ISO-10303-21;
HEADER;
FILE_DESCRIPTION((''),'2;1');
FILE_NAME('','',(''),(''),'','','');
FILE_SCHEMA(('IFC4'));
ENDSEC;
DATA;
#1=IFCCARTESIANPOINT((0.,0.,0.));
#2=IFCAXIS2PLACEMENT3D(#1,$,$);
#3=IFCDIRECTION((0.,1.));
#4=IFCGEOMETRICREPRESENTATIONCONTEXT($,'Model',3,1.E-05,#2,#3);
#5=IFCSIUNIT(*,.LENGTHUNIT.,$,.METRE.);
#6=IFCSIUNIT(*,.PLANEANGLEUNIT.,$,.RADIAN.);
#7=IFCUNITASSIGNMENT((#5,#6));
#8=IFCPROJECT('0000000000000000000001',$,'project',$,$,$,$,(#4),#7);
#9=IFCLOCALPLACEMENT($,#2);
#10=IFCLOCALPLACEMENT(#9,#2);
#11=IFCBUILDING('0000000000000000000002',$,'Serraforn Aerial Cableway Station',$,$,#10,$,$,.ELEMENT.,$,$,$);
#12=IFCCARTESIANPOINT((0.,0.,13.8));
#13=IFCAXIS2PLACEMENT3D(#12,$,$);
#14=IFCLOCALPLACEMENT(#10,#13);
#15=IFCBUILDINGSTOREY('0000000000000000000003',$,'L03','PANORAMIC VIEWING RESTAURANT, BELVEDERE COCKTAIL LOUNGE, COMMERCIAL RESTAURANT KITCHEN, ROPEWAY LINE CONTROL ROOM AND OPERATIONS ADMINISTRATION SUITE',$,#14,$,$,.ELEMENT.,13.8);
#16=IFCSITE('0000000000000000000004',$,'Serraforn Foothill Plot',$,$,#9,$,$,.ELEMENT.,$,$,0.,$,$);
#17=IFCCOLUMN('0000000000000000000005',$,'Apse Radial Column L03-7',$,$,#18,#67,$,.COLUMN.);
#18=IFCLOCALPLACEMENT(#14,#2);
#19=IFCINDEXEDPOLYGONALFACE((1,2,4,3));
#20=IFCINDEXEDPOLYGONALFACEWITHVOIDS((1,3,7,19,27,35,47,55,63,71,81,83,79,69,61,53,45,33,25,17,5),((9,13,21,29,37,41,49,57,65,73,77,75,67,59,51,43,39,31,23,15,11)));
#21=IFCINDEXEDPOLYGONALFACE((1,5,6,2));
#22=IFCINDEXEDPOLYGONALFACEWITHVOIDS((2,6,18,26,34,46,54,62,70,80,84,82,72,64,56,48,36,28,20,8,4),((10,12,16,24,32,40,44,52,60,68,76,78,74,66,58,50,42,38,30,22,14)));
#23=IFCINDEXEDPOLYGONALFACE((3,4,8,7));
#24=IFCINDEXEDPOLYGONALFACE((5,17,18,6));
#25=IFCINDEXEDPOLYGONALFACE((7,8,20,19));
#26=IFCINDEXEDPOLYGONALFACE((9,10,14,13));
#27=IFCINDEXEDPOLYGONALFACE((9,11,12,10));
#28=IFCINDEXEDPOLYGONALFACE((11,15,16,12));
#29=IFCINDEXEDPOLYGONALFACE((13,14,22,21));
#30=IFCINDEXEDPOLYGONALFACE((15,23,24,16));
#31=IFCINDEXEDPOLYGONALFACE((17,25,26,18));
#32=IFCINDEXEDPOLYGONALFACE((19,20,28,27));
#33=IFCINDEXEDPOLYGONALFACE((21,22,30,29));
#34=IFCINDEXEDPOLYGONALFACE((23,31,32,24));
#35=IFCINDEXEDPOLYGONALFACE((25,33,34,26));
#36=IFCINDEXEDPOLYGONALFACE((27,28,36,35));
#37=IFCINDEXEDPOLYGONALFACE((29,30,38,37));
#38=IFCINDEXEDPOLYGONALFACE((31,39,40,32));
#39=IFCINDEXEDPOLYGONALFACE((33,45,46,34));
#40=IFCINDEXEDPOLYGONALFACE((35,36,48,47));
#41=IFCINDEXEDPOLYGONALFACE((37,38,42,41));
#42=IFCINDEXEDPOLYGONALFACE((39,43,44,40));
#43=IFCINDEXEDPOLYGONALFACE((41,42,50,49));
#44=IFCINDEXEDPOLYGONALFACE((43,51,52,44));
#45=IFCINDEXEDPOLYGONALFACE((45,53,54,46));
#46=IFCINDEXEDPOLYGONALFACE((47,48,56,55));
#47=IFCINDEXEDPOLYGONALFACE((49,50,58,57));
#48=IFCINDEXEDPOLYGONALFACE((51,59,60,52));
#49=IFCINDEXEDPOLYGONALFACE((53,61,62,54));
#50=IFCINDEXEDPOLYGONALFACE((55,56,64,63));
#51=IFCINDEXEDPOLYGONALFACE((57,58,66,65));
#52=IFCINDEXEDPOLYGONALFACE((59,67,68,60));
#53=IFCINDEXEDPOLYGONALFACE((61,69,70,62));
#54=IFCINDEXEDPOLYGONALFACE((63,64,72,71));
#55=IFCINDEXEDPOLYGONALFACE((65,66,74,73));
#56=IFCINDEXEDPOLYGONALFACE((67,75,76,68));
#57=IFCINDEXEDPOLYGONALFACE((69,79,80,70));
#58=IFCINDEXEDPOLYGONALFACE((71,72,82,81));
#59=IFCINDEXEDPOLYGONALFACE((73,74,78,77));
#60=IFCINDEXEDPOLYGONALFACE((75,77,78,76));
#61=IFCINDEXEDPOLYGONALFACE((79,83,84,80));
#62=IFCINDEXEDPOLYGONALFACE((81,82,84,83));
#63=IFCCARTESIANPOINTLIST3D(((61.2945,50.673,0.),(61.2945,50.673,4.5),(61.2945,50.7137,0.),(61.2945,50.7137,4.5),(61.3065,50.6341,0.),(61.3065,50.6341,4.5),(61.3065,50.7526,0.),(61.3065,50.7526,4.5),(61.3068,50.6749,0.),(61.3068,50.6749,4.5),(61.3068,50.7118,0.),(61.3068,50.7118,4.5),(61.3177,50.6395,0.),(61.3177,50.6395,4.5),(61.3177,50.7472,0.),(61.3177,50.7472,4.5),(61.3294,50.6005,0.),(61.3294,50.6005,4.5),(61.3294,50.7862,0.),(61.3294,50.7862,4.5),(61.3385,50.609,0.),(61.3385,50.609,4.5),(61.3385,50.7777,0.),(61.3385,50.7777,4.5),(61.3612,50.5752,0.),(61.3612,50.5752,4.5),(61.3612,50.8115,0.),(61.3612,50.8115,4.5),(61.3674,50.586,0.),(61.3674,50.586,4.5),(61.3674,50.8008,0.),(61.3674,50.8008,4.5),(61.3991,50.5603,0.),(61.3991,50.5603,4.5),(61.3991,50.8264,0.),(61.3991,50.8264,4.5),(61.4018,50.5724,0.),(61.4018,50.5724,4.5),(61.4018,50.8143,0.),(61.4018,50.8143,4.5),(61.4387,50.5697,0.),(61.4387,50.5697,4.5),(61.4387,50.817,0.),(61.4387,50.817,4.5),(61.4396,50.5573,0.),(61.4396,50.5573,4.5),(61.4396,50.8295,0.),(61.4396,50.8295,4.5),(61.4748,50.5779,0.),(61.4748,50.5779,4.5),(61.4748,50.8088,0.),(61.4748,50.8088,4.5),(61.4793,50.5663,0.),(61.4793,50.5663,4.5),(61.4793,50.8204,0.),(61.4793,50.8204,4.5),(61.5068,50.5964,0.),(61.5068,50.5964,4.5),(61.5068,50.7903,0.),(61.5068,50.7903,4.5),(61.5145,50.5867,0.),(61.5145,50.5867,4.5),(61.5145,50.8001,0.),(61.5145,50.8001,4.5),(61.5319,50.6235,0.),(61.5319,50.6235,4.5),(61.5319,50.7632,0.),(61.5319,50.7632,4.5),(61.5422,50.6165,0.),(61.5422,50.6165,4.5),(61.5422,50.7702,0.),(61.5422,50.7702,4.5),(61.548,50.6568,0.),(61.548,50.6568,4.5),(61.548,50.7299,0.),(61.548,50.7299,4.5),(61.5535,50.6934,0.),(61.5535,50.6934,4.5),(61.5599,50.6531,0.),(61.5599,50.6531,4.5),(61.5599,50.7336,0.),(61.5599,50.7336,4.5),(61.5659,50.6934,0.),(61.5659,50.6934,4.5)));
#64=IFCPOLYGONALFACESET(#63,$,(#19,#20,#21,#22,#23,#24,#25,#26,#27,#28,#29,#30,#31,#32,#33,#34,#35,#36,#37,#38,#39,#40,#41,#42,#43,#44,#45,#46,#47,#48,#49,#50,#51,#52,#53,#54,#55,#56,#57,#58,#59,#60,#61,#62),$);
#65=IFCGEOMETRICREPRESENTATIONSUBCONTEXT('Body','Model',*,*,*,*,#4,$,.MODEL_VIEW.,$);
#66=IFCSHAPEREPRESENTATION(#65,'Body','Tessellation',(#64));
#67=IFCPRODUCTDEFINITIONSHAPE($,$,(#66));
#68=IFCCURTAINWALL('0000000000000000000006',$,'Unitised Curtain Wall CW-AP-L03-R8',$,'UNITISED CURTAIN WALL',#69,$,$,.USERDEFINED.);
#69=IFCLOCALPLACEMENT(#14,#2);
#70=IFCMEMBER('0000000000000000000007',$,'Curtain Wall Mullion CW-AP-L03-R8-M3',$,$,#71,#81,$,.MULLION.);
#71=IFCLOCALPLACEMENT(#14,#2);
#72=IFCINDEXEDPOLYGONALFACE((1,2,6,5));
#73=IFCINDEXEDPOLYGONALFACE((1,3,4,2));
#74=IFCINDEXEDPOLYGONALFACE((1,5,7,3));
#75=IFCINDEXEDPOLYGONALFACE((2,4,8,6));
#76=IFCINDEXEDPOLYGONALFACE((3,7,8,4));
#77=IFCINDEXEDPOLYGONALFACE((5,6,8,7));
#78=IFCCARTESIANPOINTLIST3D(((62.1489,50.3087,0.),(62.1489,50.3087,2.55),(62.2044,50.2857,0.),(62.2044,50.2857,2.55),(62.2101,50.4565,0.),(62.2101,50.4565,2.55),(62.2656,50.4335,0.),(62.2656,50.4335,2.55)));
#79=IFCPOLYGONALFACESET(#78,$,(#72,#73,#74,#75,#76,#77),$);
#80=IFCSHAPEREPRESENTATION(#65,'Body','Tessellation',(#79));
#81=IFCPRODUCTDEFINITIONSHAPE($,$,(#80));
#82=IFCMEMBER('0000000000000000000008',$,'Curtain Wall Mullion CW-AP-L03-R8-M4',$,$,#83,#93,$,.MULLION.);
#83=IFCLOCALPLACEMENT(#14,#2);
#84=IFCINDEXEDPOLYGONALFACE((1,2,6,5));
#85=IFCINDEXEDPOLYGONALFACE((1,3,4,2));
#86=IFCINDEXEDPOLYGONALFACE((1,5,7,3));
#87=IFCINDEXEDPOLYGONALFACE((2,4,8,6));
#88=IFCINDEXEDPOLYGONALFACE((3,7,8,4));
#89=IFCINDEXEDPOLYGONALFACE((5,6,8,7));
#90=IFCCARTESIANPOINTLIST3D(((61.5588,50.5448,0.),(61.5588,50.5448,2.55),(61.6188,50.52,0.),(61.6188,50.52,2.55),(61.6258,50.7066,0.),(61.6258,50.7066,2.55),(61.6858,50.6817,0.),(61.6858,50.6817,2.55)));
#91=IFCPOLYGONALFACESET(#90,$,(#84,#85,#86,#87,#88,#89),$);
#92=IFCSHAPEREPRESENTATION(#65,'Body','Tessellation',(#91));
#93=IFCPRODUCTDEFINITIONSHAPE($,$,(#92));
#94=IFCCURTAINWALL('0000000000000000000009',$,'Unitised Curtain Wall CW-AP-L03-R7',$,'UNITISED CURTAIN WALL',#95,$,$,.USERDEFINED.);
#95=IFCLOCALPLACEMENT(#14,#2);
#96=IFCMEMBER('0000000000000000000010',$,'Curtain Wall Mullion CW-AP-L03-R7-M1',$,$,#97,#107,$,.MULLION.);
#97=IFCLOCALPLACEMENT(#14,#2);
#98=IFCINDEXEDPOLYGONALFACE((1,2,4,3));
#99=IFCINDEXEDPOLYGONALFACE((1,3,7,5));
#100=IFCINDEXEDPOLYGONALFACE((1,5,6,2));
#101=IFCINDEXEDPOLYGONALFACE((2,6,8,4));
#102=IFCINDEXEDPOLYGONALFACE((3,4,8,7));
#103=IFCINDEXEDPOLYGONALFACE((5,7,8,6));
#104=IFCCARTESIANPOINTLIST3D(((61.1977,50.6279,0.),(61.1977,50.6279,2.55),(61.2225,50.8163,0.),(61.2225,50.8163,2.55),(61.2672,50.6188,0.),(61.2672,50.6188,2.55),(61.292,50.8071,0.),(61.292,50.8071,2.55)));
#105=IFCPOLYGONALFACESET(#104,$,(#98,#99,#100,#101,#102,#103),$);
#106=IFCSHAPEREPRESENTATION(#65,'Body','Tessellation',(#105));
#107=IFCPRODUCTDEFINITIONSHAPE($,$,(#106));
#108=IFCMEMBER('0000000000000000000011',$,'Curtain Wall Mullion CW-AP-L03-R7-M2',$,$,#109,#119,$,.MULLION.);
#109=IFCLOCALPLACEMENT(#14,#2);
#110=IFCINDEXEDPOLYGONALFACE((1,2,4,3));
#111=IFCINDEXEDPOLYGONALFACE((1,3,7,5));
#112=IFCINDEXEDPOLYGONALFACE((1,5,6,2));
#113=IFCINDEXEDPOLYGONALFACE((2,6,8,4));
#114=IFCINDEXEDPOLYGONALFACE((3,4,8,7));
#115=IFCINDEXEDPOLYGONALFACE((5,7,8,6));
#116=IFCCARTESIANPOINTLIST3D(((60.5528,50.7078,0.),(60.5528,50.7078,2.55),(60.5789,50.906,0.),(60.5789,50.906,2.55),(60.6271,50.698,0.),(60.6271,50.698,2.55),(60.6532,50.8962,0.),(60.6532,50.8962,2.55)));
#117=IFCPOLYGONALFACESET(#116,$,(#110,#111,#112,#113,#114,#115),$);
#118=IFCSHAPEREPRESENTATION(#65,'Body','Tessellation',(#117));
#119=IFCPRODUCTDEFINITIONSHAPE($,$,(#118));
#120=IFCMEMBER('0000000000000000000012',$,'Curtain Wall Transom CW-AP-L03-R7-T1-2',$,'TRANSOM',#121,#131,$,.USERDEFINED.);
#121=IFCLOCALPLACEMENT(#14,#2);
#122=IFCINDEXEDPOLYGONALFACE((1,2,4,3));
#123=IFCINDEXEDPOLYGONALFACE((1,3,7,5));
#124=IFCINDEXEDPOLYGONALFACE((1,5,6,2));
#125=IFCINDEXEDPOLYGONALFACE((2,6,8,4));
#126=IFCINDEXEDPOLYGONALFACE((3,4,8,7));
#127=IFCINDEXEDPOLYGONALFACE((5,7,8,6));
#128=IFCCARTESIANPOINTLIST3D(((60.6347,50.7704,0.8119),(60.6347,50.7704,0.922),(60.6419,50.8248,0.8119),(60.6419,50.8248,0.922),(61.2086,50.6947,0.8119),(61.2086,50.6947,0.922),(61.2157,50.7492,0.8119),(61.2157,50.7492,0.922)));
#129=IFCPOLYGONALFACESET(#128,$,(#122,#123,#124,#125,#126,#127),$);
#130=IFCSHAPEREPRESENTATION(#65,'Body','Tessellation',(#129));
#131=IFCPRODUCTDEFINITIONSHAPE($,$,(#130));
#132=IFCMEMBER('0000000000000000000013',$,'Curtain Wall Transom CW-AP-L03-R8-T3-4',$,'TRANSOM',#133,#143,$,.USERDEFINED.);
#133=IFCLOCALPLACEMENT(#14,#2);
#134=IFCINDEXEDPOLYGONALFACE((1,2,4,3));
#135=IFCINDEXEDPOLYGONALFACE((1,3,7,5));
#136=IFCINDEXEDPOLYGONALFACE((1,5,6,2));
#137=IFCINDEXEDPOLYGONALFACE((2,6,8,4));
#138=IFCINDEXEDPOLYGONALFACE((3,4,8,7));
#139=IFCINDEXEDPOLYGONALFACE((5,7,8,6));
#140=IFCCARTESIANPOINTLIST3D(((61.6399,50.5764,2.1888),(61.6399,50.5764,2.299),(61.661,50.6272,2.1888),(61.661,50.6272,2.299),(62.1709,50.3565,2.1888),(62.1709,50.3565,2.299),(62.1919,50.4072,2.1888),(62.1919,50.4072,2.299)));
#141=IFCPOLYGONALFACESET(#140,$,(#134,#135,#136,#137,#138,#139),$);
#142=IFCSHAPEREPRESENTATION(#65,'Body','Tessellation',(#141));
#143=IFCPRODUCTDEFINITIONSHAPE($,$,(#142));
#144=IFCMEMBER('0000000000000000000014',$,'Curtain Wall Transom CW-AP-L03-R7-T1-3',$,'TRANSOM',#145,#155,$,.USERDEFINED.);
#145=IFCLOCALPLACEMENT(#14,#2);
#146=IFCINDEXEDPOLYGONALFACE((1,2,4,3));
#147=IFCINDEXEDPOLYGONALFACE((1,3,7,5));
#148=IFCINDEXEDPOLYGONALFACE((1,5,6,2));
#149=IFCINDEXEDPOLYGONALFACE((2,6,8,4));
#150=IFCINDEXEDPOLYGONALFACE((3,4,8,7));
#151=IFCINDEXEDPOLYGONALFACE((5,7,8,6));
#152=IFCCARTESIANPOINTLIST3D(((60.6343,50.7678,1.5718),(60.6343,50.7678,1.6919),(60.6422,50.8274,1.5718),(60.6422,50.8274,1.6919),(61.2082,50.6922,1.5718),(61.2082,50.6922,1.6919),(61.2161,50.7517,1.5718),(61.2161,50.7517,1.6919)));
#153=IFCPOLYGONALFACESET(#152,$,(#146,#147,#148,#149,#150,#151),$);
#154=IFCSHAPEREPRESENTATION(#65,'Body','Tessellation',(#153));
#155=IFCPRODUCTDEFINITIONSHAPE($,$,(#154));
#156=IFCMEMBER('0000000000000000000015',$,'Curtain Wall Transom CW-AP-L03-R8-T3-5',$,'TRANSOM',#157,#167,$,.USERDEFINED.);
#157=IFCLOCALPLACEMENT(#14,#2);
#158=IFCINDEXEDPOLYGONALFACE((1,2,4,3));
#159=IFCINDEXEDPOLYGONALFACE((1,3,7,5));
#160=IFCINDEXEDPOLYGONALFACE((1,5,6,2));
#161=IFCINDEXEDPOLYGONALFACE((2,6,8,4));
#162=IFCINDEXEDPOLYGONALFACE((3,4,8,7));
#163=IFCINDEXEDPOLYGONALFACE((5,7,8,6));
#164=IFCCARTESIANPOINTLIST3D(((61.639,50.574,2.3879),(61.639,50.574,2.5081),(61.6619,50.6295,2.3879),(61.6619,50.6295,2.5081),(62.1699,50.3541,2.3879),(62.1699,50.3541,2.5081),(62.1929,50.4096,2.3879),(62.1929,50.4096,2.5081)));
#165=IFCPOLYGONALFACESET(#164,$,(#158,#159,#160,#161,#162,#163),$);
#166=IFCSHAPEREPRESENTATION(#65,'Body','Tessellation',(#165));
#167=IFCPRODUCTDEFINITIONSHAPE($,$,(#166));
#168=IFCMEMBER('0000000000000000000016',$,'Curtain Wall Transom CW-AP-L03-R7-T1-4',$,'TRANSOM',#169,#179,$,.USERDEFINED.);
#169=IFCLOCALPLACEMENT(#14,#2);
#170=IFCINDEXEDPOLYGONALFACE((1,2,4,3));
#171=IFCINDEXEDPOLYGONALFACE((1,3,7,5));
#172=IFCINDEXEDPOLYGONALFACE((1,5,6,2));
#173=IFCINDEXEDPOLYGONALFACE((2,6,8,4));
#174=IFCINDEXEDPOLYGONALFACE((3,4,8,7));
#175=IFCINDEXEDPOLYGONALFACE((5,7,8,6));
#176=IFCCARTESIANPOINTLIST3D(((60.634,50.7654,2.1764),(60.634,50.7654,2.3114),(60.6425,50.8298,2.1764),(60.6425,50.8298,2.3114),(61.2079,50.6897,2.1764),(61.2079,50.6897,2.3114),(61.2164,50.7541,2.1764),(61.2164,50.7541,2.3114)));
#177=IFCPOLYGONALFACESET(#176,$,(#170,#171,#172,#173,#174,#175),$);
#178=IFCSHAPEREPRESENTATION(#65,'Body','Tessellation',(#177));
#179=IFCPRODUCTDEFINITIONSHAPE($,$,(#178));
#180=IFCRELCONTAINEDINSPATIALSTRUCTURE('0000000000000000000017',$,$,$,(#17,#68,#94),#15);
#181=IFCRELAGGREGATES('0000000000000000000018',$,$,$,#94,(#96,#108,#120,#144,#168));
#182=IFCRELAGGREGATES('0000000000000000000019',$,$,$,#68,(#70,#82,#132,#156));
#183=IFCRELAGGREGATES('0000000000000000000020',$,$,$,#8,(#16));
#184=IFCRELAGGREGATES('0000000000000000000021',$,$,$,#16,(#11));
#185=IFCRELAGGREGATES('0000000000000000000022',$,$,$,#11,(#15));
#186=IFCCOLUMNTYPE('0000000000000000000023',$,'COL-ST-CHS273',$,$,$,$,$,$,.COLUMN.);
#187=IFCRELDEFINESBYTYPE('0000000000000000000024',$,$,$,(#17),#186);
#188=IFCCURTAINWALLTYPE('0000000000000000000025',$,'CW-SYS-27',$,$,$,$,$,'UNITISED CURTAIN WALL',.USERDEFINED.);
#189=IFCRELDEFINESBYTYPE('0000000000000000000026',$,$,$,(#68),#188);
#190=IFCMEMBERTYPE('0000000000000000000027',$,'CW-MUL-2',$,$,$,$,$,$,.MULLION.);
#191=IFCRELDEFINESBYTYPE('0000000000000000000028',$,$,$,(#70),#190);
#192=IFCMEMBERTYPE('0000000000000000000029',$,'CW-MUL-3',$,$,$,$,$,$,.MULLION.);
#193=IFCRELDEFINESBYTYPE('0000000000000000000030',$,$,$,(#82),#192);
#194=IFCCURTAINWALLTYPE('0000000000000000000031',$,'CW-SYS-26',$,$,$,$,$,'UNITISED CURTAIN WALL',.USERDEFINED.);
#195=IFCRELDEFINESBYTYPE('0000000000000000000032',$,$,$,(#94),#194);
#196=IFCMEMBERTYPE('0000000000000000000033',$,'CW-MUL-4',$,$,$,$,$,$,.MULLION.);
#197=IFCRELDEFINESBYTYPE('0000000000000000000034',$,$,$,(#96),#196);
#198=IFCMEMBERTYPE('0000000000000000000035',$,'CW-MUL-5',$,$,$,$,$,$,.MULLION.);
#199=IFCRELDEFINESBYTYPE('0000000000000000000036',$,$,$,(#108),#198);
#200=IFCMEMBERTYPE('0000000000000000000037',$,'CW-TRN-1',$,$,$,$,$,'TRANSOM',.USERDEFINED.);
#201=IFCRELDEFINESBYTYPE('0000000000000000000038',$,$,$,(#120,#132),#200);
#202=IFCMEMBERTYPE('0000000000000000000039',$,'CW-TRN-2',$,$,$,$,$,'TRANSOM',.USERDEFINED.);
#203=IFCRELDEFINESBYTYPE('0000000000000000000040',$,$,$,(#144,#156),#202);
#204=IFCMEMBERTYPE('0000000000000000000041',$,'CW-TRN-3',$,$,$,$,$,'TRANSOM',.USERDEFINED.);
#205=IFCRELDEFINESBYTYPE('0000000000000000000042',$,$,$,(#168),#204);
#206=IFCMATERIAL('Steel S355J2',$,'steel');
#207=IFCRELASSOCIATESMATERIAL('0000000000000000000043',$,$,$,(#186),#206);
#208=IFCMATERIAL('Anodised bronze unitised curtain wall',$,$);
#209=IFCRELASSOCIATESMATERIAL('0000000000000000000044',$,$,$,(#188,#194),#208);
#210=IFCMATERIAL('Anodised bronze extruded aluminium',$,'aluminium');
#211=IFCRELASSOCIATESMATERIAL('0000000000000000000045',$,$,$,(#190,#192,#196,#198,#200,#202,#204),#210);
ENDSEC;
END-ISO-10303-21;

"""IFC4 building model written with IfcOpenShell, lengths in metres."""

from ifc_helpers import new_model, si_unit, direction, frame, origin, origin_2d, place, context, subcontext, project, spatial, rectangle, hollow_circle, extrude, material, material_profile, profile_set, type_object, element, aggregate, save


model = new_model("IFC4")

# Units and contexts
model_context = context("Model", 3, precision=1e-05, world=origin(), true_north=direction((0.0, 1.0)))
body_context = subcontext(model_context, "Body", "Model", "MODEL_VIEW")
ifc_project = project(units=[si_unit("LENGTHUNIT", "METRE"), si_unit("PLANEANGLEUNIT", "RADIAN")], contexts=[model_context])

# Site, building, storey
site_placement = place(None, origin())
site = spatial("IfcSite", under=ifc_project, at=site_placement, Name="Serraforn Foothill Plot", CompositionType="ELEMENT", RefElevation=0.0)
building_placement = place(site_placement, origin())
building = spatial("IfcBuilding", under=site, at=building_placement, Name="Serraforn Aerial Cableway Station", CompositionType="ELEMENT")
storey_placement = place(building_placement, frame((0.0, 0.0, 13.8)))
storey = spatial("IfcBuildingStorey", under=building, at=storey_placement, Name="L03", Description="PANORAMIC VIEWING RESTAURANT, BELVEDERE COCKTAIL LOUNGE, COMMERCIAL RESTAURANT KITCHEN, ROPEWAY LINE CONTROL ROOM AND OPERATIONS ADMINISTRATION SUITE", CompositionType="ELEMENT", Elevation=13.8)

# Column
ifc_material_1 = material(Name="Steel S355J2", Category="steel")
ifc_material_profile_1 = material_profile(ifc_material_1, hollow_circle(Radius=0.1365, WallThickness=0.0125, at=origin_2d()), Name="CHS 273.0x12.5")
ifc_profile_set_1 = profile_set([ifc_material_profile_1], Name="Steel S355J2")
column_type = type_object("IfcColumnType", Name="COL-ST-CHS273", PredefinedType="COLUMN", material=ifc_profile_set_1)
column_placement = place(storey_placement, frame((61.4294, 50.6934, 0.0), z_axis=(0.0, 0.0, 1.0), x_axis=(1.0, 0.0, 0.0)))
element("IfcColumn", 1, at=column_placement, inside=storey, type_object=column_type, Name="Apse Radial Column L03-7", PredefinedType="COLUMN", context=body_context, shape_type="SweptSolid", body=[
    extrude(hollow_circle(Radius=0.1365, WallThickness=0.0125, at=origin_2d()), origin(), (0.0, 0.0, 1.0), 4.5),
])

# Curtain walls, members
ifc_material_2 = material(Name="Anodised bronze unitised curtain wall")
curtain_wall_type_1 = type_object("IfcCurtainWallType", Name="CW-SYS-27", ElementType="UNITISED CURTAIN WALL", PredefinedType="USERDEFINED", material=ifc_material_2)
curtain_wall_1_placement = place(storey_placement, origin())
curtain_wall_1 = element("IfcCurtainWall", 2, at=curtain_wall_1_placement, inside=storey, type_object=curtain_wall_type_1, Name="Unitised Curtain Wall CW-AP-L03-R8", ObjectType="UNITISED CURTAIN WALL", PredefinedType="USERDEFINED")
ifc_material_3 = material(Name="Anodised bronze extruded aluminium", Category="aluminium")
ifc_material_profile_2 = material_profile(ifc_material_3, rectangle(XDim=0.0601, YDim=0.1599, at=origin_2d()), Name="CW MULLION 60x160")
ifc_profile_set_2 = profile_set([ifc_material_profile_2], Name="Anodised bronze extruded aluminium")
member_type_1 = type_object("IfcMemberType", Name="CW-MUL-2", PredefinedType="MULLION", material=ifc_profile_set_2)
member_1_placement = place(storey_placement, frame((62.2073, 50.3711, 0.0), z_axis=(0.0, 0.0, 1.0), x_axis=(-0.923887, 0.382666, 0.0)))
member_1 = element("IfcMember", 3, at=member_1_placement, type_object=member_type_1, Name="Curtain Wall Mullion CW-AP-L03-R8-M3", PredefinedType="MULLION", context=body_context, shape_type="SweptSolid", body=[
    extrude(rectangle(XDim=0.0601, YDim=0.1599, at=origin_2d()), origin(), (0.0, 0.0, 1.0), 2.55),
])
ifc_material_profile_3 = material_profile(ifc_material_3, rectangle(XDim=0.0649, YDim=0.175, at=origin_2d()), Name="CW MULLION 65x175")
ifc_profile_set_3 = profile_set([ifc_material_profile_3], Name="Anodised bronze extruded aluminium")
member_type_2 = type_object("IfcMemberType", Name="CW-MUL-3", PredefinedType="MULLION", material=ifc_profile_set_3)
member_2_placement = place(storey_placement, frame((61.6223, 50.6133, 0.0), z_axis=(0.0, 0.0, 1.0), x_axis=(-0.923887, 0.382666, 0.0)))
member_2 = element("IfcMember", 4, at=member_2_placement, type_object=member_type_2, Name="Curtain Wall Mullion CW-AP-L03-R8-M4", PredefinedType="MULLION", context=body_context, shape_type="SweptSolid", body=[
    extrude(rectangle(XDim=0.0649, YDim=0.175, at=origin_2d()), origin(), (0.0, 0.0, 1.0), 2.55),
])
curtain_wall_type_2 = type_object("IfcCurtainWallType", Name="CW-SYS-26", ElementType="UNITISED CURTAIN WALL", PredefinedType="USERDEFINED", material=ifc_material_2)
curtain_wall_2_placement = place(storey_placement, origin())
curtain_wall_2 = element("IfcCurtainWall", 5, at=curtain_wall_2_placement, inside=storey, type_object=curtain_wall_type_2, Name="Unitised Curtain Wall CW-AP-L03-R7", ObjectType="UNITISED CURTAIN WALL", PredefinedType="USERDEFINED")
ifc_material_profile_4 = material_profile(ifc_material_3, rectangle(XDim=0.0701, YDim=0.1899, at=origin_2d()), Name="CW MULLION 70x190")
ifc_profile_set_4 = profile_set([ifc_material_profile_4], Name="Anodised bronze extruded aluminium")
member_type_3 = type_object("IfcMemberType", Name="CW-MUL-4", PredefinedType="MULLION", material=ifc_profile_set_4)
member_3_placement = place(storey_placement, frame((61.2449, 50.7175, 0.0), z_axis=(0.0, 0.0, 1.0), x_axis=(-0.991439, 0.130573, 0.0)))
member_3 = element("IfcMember", 6, at=member_3_placement, type_object=member_type_3, Name="Curtain Wall Mullion CW-AP-L03-R7-M1", PredefinedType="MULLION", context=body_context, shape_type="SweptSolid", body=[
    extrude(rectangle(XDim=0.0701, YDim=0.1899, at=origin_2d()), origin(), (0.0, 0.0, 1.0), 2.55),
])
ifc_material_profile_5 = material_profile(ifc_material_3, rectangle(XDim=0.075, YDim=0.2, at=origin_2d()), Name="CW MULLION 75x200")
ifc_profile_set_5 = profile_set([ifc_material_profile_5], Name="Anodised bronze extruded aluminium")
member_type_4 = type_object("IfcMemberType", Name="CW-MUL-5", PredefinedType="MULLION", material=ifc_profile_set_5)
member_4_placement = place(storey_placement, frame((60.603, 50.802, 0.0), z_axis=(0.0, 0.0, 1.0), x_axis=(-0.991439, 0.130573, 0.0)))
member_4 = element("IfcMember", 7, at=member_4_placement, type_object=member_type_4, Name="Curtain Wall Mullion CW-AP-L03-R7-M2", PredefinedType="MULLION", context=body_context, shape_type="SweptSolid", body=[
    extrude(rectangle(XDim=0.075, YDim=0.2, at=origin_2d()), origin(), (0.0, 0.0, 1.0), 2.55),
])
ifc_material_profile_6 = material_profile(ifc_material_3, rectangle(XDim=0.0549, YDim=0.1101, at=origin_2d()), Name="CW TRANSOM 55x110")
ifc_profile_set_6 = profile_set([ifc_material_profile_6], Name="Anodised bronze extruded aluminium")
member_type_5 = type_object("IfcMemberType", Name="CW-TRN-1", ElementType="TRANSOM", PredefinedType="USERDEFINED", material=ifc_profile_set_6)
member_5_placement = place(storey_placement, frame((61.2122, 50.7219, 0.8669), z_axis=(-0.991418, 0.130727, 0.0), x_axis=(-0.130727, -0.991418, 0.0)))
member_5 = element("IfcMember", 8, at=member_5_placement, type_object=member_type_5, Name="Curtain Wall Transom CW-AP-L03-R7-T1-2", ObjectType="TRANSOM", PredefinedType="USERDEFINED", context=body_context, shape_type="SweptSolid", body=[
    extrude(rectangle(XDim=0.0549, YDim=0.1101, at=origin_2d()), origin(), (0.0, 0.0, 1.0), 0.5789),
])

# Members
member_6_placement = place(storey_placement, frame((62.1814, 50.3818, 2.2439), z_axis=(-0.923867, 0.382714, 0.0), x_axis=(-0.382714, -0.923867, 0.0)))
member_6 = element("IfcMember", 9, at=member_6_placement, type_object=member_type_5, Name="Curtain Wall Transom CW-AP-L03-R8-T3-4", ObjectType="TRANSOM", PredefinedType="USERDEFINED", context=body_context, shape_type="SweptSolid", body=[
    extrude(rectangle(XDim=0.0549, YDim=0.1101, at=origin_2d()), origin(), (0.0, 0.0, 1.0), 0.5747),
])
ifc_material_profile_7 = material_profile(ifc_material_3, rectangle(XDim=0.0601, YDim=0.1201, at=origin_2d()), Name="CW TRANSOM 60x120")
ifc_profile_set_7 = profile_set([ifc_material_profile_7], Name="Anodised bronze extruded aluminium")
member_type_6 = type_object("IfcMemberType", Name="CW-TRN-2", ElementType="TRANSOM", PredefinedType="USERDEFINED", material=ifc_profile_set_7)
member_7_placement = place(storey_placement, frame((61.2122, 50.7219, 1.6318), z_axis=(-0.991418, 0.130727, 0.0), x_axis=(-0.130727, -0.991418, 0.0)))
member_7 = element("IfcMember", 10, at=member_7_placement, type_object=member_type_6, Name="Curtain Wall Transom CW-AP-L03-R7-T1-3", ObjectType="TRANSOM", PredefinedType="USERDEFINED", context=body_context, shape_type="SweptSolid", body=[
    extrude(rectangle(XDim=0.0601, YDim=0.1201, at=origin_2d()), origin(), (0.0, 0.0, 1.0), 0.5789),
])
member_8_placement = place(storey_placement, frame((62.1814, 50.3818, 2.448), z_axis=(-0.923867, 0.382714, 0.0), x_axis=(-0.382714, -0.923867, 0.0)))
member_8 = element("IfcMember", 11, at=member_8_placement, type_object=member_type_6, Name="Curtain Wall Transom CW-AP-L03-R8-T3-5", ObjectType="TRANSOM", PredefinedType="USERDEFINED", context=body_context, shape_type="SweptSolid", body=[
    extrude(rectangle(XDim=0.0601, YDim=0.1201, at=origin_2d()), origin(), (0.0, 0.0, 1.0), 0.5747),
])
ifc_material_profile_8 = material_profile(ifc_material_3, rectangle(XDim=0.0649, YDim=0.135, at=origin_2d()), Name="CW TRANSOM 65x135")
ifc_profile_set_8 = profile_set([ifc_material_profile_8], Name="Anodised bronze extruded aluminium")
member_type_7 = type_object("IfcMemberType", Name="CW-TRN-3", ElementType="TRANSOM", PredefinedType="USERDEFINED", material=ifc_profile_set_8)
member_9_placement = place(storey_placement, frame((61.2122, 50.7219, 2.2439), z_axis=(-0.991418, 0.130727, 0.0), x_axis=(-0.130727, -0.991418, 0.0)))
member_9 = element("IfcMember", 12, at=member_9_placement, type_object=member_type_7, Name="Curtain Wall Transom CW-AP-L03-R7-T1-4", ObjectType="TRANSOM", PredefinedType="USERDEFINED", context=body_context, shape_type="SweptSolid", body=[
    extrude(rectangle(XDim=0.0649, YDim=0.135, at=origin_2d()), origin(), (0.0, 0.0, 1.0), 0.5789),
])

aggregate(curtain_wall_2, [member_3, member_4, member_5, member_7, member_9])
aggregate(curtain_wall_1, [member_1, member_2, member_6, member_8])

save(model, "model.ifc")
